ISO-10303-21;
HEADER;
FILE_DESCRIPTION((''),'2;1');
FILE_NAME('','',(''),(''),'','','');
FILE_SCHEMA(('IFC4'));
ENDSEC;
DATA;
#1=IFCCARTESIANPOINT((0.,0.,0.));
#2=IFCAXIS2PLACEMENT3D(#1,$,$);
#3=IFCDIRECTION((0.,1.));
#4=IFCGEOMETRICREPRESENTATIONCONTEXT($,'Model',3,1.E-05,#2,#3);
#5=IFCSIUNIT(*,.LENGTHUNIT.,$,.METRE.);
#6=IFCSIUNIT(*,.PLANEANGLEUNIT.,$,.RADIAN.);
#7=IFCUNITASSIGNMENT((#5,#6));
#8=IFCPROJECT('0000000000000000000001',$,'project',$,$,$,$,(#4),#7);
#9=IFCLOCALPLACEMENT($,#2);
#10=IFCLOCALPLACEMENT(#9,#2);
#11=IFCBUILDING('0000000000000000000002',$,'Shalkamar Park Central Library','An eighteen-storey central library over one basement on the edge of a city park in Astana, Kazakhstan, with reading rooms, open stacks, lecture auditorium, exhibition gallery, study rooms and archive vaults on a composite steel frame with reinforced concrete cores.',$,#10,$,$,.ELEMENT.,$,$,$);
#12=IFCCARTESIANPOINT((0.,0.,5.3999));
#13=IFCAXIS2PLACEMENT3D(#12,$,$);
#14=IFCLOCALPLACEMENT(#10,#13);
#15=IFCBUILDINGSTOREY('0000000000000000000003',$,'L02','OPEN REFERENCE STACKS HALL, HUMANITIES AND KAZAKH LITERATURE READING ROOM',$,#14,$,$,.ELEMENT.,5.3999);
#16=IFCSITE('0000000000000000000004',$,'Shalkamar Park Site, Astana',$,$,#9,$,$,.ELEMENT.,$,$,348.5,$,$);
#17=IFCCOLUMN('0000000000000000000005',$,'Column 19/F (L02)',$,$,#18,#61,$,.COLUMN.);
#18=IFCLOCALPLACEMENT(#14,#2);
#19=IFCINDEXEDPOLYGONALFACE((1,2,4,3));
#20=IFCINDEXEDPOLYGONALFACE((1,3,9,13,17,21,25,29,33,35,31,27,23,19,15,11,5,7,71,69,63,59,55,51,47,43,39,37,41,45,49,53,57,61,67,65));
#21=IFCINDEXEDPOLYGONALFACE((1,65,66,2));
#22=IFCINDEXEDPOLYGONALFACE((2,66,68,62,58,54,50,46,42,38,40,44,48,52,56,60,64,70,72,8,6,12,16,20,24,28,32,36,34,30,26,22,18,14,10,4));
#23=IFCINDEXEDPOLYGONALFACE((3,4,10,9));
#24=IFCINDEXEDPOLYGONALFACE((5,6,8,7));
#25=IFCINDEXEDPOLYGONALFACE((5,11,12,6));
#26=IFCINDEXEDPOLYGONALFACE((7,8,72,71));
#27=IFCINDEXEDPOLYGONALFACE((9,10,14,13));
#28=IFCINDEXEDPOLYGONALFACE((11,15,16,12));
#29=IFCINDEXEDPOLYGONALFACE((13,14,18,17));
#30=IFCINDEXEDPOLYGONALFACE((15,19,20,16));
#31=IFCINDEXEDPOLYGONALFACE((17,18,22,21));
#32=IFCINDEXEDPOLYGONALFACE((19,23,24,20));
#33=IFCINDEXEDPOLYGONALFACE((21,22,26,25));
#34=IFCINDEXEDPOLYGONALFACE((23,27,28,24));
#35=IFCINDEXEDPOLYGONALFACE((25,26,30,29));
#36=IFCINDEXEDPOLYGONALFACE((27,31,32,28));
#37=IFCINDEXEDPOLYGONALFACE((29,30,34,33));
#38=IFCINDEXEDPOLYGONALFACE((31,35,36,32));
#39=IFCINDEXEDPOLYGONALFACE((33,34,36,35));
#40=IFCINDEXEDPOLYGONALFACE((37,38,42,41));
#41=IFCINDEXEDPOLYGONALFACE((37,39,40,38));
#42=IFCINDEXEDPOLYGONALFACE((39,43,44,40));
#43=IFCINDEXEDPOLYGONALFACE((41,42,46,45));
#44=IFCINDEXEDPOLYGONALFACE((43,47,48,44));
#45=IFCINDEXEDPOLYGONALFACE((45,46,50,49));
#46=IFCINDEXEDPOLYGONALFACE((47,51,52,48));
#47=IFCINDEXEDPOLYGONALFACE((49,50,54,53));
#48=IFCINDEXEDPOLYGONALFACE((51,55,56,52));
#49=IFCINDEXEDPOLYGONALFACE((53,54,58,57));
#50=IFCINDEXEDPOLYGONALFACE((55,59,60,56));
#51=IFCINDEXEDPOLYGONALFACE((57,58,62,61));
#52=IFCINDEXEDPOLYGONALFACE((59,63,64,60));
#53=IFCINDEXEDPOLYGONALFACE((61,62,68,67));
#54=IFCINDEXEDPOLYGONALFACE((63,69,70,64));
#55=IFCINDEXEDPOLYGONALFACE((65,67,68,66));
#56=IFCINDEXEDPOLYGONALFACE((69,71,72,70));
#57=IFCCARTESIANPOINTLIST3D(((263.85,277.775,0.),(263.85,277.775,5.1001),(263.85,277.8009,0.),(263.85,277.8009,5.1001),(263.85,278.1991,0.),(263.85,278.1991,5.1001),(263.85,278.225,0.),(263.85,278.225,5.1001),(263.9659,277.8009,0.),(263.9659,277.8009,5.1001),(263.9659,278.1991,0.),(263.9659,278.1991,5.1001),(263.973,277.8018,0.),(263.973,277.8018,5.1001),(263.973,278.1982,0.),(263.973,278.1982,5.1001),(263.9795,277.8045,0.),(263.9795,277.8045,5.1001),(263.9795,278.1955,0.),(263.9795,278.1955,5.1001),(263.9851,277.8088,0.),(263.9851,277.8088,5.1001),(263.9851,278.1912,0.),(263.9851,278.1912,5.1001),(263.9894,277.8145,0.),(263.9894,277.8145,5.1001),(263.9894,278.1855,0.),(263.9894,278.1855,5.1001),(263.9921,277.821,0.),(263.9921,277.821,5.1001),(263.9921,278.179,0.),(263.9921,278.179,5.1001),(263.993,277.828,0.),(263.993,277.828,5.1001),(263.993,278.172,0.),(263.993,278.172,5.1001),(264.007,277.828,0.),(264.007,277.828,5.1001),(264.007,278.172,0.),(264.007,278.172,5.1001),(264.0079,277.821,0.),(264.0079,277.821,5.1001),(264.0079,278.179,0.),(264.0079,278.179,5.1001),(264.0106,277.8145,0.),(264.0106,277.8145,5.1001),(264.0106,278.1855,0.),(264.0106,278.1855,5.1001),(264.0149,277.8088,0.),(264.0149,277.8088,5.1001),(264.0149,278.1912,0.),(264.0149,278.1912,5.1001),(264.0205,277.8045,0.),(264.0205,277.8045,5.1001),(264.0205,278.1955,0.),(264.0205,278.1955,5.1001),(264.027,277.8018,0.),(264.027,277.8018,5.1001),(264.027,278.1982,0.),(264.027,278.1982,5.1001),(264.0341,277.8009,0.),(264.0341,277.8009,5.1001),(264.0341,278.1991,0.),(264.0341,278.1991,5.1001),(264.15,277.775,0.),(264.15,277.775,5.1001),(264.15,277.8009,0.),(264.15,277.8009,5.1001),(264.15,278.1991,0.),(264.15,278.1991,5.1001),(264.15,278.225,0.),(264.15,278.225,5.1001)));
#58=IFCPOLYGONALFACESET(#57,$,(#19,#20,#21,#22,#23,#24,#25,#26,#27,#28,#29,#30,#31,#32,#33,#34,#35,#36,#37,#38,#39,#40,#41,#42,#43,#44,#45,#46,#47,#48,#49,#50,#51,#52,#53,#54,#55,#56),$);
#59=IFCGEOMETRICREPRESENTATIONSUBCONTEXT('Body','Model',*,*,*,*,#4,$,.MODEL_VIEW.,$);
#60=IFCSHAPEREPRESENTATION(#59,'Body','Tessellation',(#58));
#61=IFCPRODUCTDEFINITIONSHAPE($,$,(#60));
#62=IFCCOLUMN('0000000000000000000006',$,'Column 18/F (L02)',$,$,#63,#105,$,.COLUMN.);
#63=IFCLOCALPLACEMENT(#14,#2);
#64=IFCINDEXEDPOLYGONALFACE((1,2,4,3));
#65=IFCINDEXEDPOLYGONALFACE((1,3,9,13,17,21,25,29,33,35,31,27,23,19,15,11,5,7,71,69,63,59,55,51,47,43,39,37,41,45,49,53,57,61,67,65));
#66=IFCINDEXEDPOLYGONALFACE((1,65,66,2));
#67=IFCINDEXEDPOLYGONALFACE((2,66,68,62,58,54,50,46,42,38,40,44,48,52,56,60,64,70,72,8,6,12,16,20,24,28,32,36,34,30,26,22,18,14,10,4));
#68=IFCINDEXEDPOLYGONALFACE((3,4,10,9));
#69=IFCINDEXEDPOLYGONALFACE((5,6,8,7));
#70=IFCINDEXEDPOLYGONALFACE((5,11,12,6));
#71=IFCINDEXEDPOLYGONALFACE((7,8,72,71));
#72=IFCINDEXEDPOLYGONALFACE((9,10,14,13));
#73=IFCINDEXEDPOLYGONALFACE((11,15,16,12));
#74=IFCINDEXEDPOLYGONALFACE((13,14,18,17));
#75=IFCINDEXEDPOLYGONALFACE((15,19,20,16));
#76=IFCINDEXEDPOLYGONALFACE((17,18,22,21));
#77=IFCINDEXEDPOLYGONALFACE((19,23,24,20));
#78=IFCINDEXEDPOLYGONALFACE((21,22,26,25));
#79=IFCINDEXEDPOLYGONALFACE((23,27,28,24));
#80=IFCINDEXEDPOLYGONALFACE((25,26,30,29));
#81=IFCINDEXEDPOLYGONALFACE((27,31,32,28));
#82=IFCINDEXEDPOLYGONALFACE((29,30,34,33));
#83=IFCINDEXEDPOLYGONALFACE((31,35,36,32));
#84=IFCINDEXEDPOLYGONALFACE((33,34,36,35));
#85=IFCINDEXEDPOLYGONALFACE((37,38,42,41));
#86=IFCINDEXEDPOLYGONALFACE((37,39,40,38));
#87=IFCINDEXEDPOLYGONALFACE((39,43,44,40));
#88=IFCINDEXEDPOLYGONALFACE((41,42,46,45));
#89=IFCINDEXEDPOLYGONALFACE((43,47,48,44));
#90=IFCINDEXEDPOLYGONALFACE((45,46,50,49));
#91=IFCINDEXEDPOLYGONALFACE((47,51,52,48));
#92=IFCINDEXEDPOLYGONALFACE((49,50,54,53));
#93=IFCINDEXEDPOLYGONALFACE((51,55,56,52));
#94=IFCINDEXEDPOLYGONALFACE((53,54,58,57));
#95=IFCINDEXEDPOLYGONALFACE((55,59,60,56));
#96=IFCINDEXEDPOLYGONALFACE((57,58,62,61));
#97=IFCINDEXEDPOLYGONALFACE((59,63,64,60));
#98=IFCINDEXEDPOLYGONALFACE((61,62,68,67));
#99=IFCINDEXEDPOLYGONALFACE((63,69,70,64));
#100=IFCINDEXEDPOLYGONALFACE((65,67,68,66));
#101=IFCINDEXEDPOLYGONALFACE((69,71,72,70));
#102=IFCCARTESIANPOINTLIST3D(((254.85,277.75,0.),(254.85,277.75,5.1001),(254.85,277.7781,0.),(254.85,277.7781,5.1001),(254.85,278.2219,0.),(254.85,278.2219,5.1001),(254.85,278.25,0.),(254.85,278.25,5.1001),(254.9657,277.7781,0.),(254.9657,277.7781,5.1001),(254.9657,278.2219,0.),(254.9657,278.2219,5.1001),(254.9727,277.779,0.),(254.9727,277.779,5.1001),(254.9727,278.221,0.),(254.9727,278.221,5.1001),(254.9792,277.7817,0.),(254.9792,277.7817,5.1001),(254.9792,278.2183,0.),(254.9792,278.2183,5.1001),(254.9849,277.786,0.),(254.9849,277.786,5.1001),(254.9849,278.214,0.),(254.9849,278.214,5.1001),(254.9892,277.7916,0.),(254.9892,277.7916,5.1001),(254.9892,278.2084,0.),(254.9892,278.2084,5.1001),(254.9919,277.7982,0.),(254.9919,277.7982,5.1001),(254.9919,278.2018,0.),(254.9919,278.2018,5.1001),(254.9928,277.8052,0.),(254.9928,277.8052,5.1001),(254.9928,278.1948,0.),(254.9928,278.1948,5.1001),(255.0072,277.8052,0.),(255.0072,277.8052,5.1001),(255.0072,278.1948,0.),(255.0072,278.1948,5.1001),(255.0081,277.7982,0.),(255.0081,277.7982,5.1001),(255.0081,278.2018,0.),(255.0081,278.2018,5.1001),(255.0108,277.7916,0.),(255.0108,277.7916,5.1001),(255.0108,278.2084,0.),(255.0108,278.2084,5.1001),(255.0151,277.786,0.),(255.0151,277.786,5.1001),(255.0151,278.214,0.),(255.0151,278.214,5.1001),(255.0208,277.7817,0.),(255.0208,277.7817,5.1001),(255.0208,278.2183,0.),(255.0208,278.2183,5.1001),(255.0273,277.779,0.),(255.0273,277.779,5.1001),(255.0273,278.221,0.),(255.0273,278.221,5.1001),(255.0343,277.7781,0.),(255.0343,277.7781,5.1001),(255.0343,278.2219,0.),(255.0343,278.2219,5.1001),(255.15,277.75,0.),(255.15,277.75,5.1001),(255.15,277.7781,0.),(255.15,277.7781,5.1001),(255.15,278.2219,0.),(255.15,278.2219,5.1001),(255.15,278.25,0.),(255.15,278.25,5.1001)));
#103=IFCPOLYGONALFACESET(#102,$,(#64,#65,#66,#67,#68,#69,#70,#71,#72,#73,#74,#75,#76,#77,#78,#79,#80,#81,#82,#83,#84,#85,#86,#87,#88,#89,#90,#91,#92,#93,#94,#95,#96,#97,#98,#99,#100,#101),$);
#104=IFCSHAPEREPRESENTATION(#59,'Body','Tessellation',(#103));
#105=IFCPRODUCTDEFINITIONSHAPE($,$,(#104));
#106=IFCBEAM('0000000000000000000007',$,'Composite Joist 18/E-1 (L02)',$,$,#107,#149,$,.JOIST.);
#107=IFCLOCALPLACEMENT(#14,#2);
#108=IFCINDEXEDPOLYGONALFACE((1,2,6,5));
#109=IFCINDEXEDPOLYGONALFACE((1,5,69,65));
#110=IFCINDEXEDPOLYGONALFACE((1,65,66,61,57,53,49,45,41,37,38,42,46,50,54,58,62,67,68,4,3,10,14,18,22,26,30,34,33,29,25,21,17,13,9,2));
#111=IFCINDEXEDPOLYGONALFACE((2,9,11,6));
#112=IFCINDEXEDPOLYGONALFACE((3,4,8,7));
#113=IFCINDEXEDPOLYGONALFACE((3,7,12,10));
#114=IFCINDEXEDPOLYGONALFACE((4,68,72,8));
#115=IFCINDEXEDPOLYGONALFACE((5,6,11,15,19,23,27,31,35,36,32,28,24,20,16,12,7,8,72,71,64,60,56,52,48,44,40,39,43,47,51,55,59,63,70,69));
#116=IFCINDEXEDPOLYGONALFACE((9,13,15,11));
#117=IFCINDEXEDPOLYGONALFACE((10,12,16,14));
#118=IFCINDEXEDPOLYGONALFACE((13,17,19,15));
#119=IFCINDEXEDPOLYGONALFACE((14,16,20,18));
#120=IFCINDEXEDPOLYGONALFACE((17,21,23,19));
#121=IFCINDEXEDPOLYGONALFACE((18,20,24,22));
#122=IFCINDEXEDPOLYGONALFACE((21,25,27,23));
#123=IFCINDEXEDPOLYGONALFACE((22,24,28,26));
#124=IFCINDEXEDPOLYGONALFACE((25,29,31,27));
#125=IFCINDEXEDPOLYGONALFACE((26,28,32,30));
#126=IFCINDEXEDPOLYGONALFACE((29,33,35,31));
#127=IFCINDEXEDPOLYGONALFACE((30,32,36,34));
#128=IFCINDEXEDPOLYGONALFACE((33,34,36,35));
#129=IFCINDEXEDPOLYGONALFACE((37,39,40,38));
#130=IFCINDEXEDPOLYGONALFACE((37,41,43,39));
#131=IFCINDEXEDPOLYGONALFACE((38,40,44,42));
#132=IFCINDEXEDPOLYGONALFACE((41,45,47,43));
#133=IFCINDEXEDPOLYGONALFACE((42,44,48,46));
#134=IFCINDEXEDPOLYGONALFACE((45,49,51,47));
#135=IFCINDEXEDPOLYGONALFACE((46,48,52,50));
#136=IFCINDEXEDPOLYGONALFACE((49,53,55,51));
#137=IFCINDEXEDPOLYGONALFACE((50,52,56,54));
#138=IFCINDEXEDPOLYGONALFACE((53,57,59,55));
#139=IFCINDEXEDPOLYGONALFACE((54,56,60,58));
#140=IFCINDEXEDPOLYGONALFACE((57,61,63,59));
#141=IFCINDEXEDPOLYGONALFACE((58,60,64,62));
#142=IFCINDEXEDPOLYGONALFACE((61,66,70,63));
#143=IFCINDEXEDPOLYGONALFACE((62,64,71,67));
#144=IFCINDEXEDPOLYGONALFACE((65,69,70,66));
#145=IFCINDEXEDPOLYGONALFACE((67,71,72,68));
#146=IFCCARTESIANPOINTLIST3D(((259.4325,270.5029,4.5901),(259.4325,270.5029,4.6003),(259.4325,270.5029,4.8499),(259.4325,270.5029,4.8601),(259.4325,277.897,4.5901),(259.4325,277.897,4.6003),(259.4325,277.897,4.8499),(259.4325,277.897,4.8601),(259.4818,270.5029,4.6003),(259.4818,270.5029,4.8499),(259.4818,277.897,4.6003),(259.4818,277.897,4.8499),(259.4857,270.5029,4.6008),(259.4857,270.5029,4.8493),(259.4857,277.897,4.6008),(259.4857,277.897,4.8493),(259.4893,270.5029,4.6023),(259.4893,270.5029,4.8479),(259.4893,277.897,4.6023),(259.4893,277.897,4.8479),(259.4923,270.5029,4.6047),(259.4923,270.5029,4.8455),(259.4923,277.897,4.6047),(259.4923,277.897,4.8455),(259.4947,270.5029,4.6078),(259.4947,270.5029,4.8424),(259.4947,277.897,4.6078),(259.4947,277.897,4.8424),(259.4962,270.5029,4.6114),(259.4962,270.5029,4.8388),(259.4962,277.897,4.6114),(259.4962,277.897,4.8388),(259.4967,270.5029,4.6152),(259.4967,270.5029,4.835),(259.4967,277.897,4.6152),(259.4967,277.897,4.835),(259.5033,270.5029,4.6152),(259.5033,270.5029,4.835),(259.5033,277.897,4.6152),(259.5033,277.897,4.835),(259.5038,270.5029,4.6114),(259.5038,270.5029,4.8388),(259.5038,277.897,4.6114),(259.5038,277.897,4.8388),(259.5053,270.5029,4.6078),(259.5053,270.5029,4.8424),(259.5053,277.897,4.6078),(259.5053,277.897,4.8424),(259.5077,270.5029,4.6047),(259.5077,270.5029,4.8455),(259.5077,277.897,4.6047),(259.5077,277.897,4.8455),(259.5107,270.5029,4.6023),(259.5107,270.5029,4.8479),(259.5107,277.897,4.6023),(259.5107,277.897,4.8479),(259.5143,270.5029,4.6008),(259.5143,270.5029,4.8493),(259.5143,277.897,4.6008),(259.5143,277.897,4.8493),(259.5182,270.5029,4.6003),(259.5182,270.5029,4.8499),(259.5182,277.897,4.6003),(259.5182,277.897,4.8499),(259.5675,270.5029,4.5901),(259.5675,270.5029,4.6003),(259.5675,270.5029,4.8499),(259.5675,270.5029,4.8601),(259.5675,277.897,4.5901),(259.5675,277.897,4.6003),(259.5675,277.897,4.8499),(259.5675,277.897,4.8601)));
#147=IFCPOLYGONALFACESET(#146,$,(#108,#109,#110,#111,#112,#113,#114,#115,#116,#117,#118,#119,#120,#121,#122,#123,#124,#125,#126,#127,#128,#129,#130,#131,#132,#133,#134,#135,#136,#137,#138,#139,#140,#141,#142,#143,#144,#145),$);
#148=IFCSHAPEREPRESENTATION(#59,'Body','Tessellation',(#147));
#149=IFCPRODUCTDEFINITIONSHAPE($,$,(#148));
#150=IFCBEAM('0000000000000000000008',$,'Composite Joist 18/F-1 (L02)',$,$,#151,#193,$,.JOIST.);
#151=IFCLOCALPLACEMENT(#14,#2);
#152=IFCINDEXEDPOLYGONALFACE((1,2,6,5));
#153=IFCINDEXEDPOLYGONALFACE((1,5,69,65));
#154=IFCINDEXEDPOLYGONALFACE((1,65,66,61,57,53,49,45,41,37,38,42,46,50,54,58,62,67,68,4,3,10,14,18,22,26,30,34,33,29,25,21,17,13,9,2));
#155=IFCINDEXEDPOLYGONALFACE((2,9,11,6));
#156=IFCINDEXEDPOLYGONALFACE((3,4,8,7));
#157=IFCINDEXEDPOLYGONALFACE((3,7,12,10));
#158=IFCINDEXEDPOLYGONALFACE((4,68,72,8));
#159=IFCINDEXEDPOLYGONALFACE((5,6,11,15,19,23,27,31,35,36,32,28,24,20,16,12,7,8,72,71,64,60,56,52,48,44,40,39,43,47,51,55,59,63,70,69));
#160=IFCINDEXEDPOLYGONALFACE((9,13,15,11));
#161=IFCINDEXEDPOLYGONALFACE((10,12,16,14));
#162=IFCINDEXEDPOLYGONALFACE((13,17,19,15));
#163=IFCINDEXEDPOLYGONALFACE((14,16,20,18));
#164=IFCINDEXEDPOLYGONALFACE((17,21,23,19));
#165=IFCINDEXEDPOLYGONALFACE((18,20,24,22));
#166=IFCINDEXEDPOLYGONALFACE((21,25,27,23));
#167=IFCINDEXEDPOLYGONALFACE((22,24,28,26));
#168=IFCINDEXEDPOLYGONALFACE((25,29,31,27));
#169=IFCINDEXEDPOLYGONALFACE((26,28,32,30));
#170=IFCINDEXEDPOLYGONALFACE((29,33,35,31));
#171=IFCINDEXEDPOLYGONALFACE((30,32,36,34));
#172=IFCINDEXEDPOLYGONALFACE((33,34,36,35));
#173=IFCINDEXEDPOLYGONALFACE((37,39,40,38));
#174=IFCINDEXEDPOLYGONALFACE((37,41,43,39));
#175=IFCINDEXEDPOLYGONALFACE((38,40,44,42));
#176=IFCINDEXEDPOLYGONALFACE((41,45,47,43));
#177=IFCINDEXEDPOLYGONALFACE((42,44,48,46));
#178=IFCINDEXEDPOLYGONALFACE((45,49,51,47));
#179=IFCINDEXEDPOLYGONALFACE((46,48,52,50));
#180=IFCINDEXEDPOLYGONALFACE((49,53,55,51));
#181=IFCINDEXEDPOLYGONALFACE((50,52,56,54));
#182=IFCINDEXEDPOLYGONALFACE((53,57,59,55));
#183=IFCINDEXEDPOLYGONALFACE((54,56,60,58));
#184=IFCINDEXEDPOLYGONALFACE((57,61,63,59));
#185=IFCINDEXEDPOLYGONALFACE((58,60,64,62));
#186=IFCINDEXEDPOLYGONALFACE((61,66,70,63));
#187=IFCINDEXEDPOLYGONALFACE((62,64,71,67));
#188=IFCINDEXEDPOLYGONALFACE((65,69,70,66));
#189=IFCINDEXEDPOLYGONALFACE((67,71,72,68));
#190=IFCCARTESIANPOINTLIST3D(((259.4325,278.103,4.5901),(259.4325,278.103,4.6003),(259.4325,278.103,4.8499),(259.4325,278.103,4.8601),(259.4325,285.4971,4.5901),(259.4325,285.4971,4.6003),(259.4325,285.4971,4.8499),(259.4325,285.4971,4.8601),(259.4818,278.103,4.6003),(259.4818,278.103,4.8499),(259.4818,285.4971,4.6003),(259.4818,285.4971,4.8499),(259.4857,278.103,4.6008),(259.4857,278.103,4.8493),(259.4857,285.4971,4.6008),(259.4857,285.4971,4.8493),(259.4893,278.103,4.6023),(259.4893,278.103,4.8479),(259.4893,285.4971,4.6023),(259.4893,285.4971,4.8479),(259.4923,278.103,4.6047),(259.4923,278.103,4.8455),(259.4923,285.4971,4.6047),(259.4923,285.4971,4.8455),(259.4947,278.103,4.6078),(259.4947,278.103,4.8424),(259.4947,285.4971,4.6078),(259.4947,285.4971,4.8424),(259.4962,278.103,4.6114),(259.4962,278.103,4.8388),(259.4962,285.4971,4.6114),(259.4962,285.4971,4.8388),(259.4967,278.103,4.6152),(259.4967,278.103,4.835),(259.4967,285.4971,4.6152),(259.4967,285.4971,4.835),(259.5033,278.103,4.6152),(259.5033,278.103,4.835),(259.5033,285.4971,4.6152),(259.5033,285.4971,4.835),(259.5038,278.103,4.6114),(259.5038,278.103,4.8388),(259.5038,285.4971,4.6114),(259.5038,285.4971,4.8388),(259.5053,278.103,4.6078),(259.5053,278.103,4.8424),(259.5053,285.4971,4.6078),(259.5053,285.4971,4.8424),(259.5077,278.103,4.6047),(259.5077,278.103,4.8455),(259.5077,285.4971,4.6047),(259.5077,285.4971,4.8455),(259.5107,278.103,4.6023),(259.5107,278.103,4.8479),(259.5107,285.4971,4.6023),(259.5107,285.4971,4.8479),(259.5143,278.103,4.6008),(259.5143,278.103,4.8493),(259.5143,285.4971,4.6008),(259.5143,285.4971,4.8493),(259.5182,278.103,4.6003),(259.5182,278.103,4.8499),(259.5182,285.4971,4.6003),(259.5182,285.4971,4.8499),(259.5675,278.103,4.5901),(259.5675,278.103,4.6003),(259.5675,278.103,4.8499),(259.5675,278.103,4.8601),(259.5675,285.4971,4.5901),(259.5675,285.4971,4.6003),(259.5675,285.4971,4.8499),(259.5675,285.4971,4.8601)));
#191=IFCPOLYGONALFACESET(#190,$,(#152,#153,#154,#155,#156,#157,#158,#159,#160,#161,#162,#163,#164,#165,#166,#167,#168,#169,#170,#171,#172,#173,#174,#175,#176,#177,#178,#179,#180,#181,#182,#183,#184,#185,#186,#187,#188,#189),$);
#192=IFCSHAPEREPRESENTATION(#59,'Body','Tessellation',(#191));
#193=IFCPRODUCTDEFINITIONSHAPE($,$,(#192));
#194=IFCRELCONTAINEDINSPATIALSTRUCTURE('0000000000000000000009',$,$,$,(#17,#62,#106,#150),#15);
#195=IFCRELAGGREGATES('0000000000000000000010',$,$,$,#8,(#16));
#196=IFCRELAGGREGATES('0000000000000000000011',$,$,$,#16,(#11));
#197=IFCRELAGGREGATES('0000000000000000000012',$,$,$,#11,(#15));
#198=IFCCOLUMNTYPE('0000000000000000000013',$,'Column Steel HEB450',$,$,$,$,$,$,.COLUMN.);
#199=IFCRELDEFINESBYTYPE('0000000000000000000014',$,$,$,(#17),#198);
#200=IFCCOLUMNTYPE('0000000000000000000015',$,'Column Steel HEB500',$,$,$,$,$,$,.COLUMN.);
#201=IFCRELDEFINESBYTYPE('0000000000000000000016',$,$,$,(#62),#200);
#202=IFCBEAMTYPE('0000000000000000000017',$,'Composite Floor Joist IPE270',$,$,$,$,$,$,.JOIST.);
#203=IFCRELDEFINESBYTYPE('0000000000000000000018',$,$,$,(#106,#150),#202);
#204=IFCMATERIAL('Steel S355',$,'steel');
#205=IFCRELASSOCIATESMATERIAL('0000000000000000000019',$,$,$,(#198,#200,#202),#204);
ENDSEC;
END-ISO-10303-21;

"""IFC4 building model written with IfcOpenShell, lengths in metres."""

from ifc_helpers import new_model, si_unit, direction, frame, origin, origin_2d, place, context, subcontext, project, spatial, i_section, extrude, material, material_profile, profile_set, type_object, element, save


model = new_model("IFC4")

# Units and contexts
model_context = context("Model", 3, precision=1e-05, world=origin(), true_north=direction((0.0, 1.0)))
body_context = subcontext(model_context, "Body", "Model", "MODEL_VIEW")
ifc_project = project(units=[si_unit("LENGTHUNIT", "METRE"), si_unit("PLANEANGLEUNIT", "RADIAN")], contexts=[model_context])

# Site, building, storey
site_placement = place(None, origin())
site = spatial("IfcSite", under=ifc_project, at=site_placement, Name="Shalkamar Park Site, Astana", CompositionType="ELEMENT", RefElevation=348.5)
building_placement = place(site_placement, origin())
building = spatial("IfcBuilding", under=site, at=building_placement, Name="Shalkamar Park Central Library", Description="An eighteen-storey central library over one basement on the edge of a city park in Astana, Kazakhstan, with reading rooms, open stacks, lecture auditorium, exhibition gallery, study rooms and archive vaults on a composite steel frame with reinforced concrete cores.", CompositionType="ELEMENT")
storey_placement = place(building_placement, frame((0.0, 0.0, 5.3999)))
storey = spatial("IfcBuildingStorey", under=building, at=storey_placement, Name="L02", Description="OPEN REFERENCE STACKS HALL, HUMANITIES AND KAZAKH LITERATURE READING ROOM", CompositionType="ELEMENT", Elevation=5.3999)

# Columns
ifc_material_1 = material(Name="Steel S355", Category="steel")
ifc_material_profile_1 = material_profile(ifc_material_1, i_section(OverallWidth=0.3, OverallDepth=0.45, WebThickness=0.0139, FlangeThickness=0.0259, FilletRadius=0.0271, at=origin_2d()), Name="HEB 450")
ifc_profile_set_1 = profile_set([ifc_material_profile_1], Name="Steel S355")
column_type_1 = type_object("IfcColumnType", Name="Column Steel HEB450", PredefinedType="COLUMN", material=ifc_profile_set_1)
for number, where, z_axis, x_axis, name in (
    (1, (264.0, 278.0, 0.0), (0.0, 0.0, 1.0), (1.0, 0.0, 0.0), "Column 19/F (L02)"),
):
    element("IfcColumn", number, at=place(storey_placement, frame(where, z_axis=z_axis, x_axis=x_axis)), inside=storey, type_object=column_type_1, Name=name, PredefinedType="COLUMN", context=body_context, shape_type="SweptSolid", body=[
        extrude(i_section(OverallWidth=0.3, OverallDepth=0.45, WebThickness=0.0139, FlangeThickness=0.0259, FilletRadius=0.0271, at=origin_2d()), origin(), (0.0, 0.0, 1.0), 5.1001),
    ])
ifc_material_profile_2 = material_profile(ifc_material_1, i_section(OverallWidth=0.3, OverallDepth=0.5, WebThickness=0.0144, FlangeThickness=0.0281, FilletRadius=0.0271, at=origin_2d()), Name="HEB 500")
ifc_profile_set_2 = profile_set([ifc_material_profile_2], Name="Steel S355")
column_type_2 = type_object("IfcColumnType", Name="Column Steel HEB500", PredefinedType="COLUMN", material=ifc_profile_set_2)
column_placement = place(storey_placement, frame((255.0, 278.0, 0.0), z_axis=(0.0, 0.0, 1.0), x_axis=(1.0, 0.0, 0.0)))
element("IfcColumn", 2, at=column_placement, inside=storey, type_object=column_type_2, Name="Column 18/F (L02)", PredefinedType="COLUMN", context=body_context, shape_type="SweptSolid", body=[
    extrude(i_section(OverallWidth=0.3, OverallDepth=0.5, WebThickness=0.0144, FlangeThickness=0.0281, FilletRadius=0.0271, at=origin_2d()), origin(), (0.0, 0.0, 1.0), 5.1001),
])

# Beams
ifc_material_profile_3 = material_profile(ifc_material_1, i_section(OverallWidth=0.135, OverallDepth=0.27, WebThickness=0.0066, FlangeThickness=0.0103, FilletRadius=0.0149, at=origin_2d()), Name="IPE 270")
ifc_profile_set_3 = profile_set([ifc_material_profile_3], Name="Steel S355")
beam_type_1 = type_object("IfcBeamType", Name="Composite Floor Joist IPE270", PredefinedType="JOIST", material=ifc_profile_set_3)
for number, where, z_axis, x_axis, name in (
    (3, (259.5, 270.5029, 4.7251), (0.0, 1.0, 0.0), (-1.0, 0.0, 0.0), "Composite Joist 18/E-1 (L02)"),
    (4, (259.5, 278.103, 4.7251), (0.0, 1.0, 0.0), (-1.0, 0.0, 0.0), "Composite Joist 18/F-1 (L02)"),
):
    element("IfcBeam", number, at=place(storey_placement, frame(where, z_axis=z_axis, x_axis=x_axis)), inside=storey, type_object=beam_type_1, Name=name, PredefinedType="JOIST", context=body_context, shape_type="SweptSolid", body=[
        extrude(i_section(OverallWidth=0.135, OverallDepth=0.27, WebThickness=0.0066, FlangeThickness=0.0103, FilletRadius=0.0149, at=origin_2d()), origin(), (0.0, 0.0, 1.0), 7.394),
    ])

save(model, "model.ifc")
